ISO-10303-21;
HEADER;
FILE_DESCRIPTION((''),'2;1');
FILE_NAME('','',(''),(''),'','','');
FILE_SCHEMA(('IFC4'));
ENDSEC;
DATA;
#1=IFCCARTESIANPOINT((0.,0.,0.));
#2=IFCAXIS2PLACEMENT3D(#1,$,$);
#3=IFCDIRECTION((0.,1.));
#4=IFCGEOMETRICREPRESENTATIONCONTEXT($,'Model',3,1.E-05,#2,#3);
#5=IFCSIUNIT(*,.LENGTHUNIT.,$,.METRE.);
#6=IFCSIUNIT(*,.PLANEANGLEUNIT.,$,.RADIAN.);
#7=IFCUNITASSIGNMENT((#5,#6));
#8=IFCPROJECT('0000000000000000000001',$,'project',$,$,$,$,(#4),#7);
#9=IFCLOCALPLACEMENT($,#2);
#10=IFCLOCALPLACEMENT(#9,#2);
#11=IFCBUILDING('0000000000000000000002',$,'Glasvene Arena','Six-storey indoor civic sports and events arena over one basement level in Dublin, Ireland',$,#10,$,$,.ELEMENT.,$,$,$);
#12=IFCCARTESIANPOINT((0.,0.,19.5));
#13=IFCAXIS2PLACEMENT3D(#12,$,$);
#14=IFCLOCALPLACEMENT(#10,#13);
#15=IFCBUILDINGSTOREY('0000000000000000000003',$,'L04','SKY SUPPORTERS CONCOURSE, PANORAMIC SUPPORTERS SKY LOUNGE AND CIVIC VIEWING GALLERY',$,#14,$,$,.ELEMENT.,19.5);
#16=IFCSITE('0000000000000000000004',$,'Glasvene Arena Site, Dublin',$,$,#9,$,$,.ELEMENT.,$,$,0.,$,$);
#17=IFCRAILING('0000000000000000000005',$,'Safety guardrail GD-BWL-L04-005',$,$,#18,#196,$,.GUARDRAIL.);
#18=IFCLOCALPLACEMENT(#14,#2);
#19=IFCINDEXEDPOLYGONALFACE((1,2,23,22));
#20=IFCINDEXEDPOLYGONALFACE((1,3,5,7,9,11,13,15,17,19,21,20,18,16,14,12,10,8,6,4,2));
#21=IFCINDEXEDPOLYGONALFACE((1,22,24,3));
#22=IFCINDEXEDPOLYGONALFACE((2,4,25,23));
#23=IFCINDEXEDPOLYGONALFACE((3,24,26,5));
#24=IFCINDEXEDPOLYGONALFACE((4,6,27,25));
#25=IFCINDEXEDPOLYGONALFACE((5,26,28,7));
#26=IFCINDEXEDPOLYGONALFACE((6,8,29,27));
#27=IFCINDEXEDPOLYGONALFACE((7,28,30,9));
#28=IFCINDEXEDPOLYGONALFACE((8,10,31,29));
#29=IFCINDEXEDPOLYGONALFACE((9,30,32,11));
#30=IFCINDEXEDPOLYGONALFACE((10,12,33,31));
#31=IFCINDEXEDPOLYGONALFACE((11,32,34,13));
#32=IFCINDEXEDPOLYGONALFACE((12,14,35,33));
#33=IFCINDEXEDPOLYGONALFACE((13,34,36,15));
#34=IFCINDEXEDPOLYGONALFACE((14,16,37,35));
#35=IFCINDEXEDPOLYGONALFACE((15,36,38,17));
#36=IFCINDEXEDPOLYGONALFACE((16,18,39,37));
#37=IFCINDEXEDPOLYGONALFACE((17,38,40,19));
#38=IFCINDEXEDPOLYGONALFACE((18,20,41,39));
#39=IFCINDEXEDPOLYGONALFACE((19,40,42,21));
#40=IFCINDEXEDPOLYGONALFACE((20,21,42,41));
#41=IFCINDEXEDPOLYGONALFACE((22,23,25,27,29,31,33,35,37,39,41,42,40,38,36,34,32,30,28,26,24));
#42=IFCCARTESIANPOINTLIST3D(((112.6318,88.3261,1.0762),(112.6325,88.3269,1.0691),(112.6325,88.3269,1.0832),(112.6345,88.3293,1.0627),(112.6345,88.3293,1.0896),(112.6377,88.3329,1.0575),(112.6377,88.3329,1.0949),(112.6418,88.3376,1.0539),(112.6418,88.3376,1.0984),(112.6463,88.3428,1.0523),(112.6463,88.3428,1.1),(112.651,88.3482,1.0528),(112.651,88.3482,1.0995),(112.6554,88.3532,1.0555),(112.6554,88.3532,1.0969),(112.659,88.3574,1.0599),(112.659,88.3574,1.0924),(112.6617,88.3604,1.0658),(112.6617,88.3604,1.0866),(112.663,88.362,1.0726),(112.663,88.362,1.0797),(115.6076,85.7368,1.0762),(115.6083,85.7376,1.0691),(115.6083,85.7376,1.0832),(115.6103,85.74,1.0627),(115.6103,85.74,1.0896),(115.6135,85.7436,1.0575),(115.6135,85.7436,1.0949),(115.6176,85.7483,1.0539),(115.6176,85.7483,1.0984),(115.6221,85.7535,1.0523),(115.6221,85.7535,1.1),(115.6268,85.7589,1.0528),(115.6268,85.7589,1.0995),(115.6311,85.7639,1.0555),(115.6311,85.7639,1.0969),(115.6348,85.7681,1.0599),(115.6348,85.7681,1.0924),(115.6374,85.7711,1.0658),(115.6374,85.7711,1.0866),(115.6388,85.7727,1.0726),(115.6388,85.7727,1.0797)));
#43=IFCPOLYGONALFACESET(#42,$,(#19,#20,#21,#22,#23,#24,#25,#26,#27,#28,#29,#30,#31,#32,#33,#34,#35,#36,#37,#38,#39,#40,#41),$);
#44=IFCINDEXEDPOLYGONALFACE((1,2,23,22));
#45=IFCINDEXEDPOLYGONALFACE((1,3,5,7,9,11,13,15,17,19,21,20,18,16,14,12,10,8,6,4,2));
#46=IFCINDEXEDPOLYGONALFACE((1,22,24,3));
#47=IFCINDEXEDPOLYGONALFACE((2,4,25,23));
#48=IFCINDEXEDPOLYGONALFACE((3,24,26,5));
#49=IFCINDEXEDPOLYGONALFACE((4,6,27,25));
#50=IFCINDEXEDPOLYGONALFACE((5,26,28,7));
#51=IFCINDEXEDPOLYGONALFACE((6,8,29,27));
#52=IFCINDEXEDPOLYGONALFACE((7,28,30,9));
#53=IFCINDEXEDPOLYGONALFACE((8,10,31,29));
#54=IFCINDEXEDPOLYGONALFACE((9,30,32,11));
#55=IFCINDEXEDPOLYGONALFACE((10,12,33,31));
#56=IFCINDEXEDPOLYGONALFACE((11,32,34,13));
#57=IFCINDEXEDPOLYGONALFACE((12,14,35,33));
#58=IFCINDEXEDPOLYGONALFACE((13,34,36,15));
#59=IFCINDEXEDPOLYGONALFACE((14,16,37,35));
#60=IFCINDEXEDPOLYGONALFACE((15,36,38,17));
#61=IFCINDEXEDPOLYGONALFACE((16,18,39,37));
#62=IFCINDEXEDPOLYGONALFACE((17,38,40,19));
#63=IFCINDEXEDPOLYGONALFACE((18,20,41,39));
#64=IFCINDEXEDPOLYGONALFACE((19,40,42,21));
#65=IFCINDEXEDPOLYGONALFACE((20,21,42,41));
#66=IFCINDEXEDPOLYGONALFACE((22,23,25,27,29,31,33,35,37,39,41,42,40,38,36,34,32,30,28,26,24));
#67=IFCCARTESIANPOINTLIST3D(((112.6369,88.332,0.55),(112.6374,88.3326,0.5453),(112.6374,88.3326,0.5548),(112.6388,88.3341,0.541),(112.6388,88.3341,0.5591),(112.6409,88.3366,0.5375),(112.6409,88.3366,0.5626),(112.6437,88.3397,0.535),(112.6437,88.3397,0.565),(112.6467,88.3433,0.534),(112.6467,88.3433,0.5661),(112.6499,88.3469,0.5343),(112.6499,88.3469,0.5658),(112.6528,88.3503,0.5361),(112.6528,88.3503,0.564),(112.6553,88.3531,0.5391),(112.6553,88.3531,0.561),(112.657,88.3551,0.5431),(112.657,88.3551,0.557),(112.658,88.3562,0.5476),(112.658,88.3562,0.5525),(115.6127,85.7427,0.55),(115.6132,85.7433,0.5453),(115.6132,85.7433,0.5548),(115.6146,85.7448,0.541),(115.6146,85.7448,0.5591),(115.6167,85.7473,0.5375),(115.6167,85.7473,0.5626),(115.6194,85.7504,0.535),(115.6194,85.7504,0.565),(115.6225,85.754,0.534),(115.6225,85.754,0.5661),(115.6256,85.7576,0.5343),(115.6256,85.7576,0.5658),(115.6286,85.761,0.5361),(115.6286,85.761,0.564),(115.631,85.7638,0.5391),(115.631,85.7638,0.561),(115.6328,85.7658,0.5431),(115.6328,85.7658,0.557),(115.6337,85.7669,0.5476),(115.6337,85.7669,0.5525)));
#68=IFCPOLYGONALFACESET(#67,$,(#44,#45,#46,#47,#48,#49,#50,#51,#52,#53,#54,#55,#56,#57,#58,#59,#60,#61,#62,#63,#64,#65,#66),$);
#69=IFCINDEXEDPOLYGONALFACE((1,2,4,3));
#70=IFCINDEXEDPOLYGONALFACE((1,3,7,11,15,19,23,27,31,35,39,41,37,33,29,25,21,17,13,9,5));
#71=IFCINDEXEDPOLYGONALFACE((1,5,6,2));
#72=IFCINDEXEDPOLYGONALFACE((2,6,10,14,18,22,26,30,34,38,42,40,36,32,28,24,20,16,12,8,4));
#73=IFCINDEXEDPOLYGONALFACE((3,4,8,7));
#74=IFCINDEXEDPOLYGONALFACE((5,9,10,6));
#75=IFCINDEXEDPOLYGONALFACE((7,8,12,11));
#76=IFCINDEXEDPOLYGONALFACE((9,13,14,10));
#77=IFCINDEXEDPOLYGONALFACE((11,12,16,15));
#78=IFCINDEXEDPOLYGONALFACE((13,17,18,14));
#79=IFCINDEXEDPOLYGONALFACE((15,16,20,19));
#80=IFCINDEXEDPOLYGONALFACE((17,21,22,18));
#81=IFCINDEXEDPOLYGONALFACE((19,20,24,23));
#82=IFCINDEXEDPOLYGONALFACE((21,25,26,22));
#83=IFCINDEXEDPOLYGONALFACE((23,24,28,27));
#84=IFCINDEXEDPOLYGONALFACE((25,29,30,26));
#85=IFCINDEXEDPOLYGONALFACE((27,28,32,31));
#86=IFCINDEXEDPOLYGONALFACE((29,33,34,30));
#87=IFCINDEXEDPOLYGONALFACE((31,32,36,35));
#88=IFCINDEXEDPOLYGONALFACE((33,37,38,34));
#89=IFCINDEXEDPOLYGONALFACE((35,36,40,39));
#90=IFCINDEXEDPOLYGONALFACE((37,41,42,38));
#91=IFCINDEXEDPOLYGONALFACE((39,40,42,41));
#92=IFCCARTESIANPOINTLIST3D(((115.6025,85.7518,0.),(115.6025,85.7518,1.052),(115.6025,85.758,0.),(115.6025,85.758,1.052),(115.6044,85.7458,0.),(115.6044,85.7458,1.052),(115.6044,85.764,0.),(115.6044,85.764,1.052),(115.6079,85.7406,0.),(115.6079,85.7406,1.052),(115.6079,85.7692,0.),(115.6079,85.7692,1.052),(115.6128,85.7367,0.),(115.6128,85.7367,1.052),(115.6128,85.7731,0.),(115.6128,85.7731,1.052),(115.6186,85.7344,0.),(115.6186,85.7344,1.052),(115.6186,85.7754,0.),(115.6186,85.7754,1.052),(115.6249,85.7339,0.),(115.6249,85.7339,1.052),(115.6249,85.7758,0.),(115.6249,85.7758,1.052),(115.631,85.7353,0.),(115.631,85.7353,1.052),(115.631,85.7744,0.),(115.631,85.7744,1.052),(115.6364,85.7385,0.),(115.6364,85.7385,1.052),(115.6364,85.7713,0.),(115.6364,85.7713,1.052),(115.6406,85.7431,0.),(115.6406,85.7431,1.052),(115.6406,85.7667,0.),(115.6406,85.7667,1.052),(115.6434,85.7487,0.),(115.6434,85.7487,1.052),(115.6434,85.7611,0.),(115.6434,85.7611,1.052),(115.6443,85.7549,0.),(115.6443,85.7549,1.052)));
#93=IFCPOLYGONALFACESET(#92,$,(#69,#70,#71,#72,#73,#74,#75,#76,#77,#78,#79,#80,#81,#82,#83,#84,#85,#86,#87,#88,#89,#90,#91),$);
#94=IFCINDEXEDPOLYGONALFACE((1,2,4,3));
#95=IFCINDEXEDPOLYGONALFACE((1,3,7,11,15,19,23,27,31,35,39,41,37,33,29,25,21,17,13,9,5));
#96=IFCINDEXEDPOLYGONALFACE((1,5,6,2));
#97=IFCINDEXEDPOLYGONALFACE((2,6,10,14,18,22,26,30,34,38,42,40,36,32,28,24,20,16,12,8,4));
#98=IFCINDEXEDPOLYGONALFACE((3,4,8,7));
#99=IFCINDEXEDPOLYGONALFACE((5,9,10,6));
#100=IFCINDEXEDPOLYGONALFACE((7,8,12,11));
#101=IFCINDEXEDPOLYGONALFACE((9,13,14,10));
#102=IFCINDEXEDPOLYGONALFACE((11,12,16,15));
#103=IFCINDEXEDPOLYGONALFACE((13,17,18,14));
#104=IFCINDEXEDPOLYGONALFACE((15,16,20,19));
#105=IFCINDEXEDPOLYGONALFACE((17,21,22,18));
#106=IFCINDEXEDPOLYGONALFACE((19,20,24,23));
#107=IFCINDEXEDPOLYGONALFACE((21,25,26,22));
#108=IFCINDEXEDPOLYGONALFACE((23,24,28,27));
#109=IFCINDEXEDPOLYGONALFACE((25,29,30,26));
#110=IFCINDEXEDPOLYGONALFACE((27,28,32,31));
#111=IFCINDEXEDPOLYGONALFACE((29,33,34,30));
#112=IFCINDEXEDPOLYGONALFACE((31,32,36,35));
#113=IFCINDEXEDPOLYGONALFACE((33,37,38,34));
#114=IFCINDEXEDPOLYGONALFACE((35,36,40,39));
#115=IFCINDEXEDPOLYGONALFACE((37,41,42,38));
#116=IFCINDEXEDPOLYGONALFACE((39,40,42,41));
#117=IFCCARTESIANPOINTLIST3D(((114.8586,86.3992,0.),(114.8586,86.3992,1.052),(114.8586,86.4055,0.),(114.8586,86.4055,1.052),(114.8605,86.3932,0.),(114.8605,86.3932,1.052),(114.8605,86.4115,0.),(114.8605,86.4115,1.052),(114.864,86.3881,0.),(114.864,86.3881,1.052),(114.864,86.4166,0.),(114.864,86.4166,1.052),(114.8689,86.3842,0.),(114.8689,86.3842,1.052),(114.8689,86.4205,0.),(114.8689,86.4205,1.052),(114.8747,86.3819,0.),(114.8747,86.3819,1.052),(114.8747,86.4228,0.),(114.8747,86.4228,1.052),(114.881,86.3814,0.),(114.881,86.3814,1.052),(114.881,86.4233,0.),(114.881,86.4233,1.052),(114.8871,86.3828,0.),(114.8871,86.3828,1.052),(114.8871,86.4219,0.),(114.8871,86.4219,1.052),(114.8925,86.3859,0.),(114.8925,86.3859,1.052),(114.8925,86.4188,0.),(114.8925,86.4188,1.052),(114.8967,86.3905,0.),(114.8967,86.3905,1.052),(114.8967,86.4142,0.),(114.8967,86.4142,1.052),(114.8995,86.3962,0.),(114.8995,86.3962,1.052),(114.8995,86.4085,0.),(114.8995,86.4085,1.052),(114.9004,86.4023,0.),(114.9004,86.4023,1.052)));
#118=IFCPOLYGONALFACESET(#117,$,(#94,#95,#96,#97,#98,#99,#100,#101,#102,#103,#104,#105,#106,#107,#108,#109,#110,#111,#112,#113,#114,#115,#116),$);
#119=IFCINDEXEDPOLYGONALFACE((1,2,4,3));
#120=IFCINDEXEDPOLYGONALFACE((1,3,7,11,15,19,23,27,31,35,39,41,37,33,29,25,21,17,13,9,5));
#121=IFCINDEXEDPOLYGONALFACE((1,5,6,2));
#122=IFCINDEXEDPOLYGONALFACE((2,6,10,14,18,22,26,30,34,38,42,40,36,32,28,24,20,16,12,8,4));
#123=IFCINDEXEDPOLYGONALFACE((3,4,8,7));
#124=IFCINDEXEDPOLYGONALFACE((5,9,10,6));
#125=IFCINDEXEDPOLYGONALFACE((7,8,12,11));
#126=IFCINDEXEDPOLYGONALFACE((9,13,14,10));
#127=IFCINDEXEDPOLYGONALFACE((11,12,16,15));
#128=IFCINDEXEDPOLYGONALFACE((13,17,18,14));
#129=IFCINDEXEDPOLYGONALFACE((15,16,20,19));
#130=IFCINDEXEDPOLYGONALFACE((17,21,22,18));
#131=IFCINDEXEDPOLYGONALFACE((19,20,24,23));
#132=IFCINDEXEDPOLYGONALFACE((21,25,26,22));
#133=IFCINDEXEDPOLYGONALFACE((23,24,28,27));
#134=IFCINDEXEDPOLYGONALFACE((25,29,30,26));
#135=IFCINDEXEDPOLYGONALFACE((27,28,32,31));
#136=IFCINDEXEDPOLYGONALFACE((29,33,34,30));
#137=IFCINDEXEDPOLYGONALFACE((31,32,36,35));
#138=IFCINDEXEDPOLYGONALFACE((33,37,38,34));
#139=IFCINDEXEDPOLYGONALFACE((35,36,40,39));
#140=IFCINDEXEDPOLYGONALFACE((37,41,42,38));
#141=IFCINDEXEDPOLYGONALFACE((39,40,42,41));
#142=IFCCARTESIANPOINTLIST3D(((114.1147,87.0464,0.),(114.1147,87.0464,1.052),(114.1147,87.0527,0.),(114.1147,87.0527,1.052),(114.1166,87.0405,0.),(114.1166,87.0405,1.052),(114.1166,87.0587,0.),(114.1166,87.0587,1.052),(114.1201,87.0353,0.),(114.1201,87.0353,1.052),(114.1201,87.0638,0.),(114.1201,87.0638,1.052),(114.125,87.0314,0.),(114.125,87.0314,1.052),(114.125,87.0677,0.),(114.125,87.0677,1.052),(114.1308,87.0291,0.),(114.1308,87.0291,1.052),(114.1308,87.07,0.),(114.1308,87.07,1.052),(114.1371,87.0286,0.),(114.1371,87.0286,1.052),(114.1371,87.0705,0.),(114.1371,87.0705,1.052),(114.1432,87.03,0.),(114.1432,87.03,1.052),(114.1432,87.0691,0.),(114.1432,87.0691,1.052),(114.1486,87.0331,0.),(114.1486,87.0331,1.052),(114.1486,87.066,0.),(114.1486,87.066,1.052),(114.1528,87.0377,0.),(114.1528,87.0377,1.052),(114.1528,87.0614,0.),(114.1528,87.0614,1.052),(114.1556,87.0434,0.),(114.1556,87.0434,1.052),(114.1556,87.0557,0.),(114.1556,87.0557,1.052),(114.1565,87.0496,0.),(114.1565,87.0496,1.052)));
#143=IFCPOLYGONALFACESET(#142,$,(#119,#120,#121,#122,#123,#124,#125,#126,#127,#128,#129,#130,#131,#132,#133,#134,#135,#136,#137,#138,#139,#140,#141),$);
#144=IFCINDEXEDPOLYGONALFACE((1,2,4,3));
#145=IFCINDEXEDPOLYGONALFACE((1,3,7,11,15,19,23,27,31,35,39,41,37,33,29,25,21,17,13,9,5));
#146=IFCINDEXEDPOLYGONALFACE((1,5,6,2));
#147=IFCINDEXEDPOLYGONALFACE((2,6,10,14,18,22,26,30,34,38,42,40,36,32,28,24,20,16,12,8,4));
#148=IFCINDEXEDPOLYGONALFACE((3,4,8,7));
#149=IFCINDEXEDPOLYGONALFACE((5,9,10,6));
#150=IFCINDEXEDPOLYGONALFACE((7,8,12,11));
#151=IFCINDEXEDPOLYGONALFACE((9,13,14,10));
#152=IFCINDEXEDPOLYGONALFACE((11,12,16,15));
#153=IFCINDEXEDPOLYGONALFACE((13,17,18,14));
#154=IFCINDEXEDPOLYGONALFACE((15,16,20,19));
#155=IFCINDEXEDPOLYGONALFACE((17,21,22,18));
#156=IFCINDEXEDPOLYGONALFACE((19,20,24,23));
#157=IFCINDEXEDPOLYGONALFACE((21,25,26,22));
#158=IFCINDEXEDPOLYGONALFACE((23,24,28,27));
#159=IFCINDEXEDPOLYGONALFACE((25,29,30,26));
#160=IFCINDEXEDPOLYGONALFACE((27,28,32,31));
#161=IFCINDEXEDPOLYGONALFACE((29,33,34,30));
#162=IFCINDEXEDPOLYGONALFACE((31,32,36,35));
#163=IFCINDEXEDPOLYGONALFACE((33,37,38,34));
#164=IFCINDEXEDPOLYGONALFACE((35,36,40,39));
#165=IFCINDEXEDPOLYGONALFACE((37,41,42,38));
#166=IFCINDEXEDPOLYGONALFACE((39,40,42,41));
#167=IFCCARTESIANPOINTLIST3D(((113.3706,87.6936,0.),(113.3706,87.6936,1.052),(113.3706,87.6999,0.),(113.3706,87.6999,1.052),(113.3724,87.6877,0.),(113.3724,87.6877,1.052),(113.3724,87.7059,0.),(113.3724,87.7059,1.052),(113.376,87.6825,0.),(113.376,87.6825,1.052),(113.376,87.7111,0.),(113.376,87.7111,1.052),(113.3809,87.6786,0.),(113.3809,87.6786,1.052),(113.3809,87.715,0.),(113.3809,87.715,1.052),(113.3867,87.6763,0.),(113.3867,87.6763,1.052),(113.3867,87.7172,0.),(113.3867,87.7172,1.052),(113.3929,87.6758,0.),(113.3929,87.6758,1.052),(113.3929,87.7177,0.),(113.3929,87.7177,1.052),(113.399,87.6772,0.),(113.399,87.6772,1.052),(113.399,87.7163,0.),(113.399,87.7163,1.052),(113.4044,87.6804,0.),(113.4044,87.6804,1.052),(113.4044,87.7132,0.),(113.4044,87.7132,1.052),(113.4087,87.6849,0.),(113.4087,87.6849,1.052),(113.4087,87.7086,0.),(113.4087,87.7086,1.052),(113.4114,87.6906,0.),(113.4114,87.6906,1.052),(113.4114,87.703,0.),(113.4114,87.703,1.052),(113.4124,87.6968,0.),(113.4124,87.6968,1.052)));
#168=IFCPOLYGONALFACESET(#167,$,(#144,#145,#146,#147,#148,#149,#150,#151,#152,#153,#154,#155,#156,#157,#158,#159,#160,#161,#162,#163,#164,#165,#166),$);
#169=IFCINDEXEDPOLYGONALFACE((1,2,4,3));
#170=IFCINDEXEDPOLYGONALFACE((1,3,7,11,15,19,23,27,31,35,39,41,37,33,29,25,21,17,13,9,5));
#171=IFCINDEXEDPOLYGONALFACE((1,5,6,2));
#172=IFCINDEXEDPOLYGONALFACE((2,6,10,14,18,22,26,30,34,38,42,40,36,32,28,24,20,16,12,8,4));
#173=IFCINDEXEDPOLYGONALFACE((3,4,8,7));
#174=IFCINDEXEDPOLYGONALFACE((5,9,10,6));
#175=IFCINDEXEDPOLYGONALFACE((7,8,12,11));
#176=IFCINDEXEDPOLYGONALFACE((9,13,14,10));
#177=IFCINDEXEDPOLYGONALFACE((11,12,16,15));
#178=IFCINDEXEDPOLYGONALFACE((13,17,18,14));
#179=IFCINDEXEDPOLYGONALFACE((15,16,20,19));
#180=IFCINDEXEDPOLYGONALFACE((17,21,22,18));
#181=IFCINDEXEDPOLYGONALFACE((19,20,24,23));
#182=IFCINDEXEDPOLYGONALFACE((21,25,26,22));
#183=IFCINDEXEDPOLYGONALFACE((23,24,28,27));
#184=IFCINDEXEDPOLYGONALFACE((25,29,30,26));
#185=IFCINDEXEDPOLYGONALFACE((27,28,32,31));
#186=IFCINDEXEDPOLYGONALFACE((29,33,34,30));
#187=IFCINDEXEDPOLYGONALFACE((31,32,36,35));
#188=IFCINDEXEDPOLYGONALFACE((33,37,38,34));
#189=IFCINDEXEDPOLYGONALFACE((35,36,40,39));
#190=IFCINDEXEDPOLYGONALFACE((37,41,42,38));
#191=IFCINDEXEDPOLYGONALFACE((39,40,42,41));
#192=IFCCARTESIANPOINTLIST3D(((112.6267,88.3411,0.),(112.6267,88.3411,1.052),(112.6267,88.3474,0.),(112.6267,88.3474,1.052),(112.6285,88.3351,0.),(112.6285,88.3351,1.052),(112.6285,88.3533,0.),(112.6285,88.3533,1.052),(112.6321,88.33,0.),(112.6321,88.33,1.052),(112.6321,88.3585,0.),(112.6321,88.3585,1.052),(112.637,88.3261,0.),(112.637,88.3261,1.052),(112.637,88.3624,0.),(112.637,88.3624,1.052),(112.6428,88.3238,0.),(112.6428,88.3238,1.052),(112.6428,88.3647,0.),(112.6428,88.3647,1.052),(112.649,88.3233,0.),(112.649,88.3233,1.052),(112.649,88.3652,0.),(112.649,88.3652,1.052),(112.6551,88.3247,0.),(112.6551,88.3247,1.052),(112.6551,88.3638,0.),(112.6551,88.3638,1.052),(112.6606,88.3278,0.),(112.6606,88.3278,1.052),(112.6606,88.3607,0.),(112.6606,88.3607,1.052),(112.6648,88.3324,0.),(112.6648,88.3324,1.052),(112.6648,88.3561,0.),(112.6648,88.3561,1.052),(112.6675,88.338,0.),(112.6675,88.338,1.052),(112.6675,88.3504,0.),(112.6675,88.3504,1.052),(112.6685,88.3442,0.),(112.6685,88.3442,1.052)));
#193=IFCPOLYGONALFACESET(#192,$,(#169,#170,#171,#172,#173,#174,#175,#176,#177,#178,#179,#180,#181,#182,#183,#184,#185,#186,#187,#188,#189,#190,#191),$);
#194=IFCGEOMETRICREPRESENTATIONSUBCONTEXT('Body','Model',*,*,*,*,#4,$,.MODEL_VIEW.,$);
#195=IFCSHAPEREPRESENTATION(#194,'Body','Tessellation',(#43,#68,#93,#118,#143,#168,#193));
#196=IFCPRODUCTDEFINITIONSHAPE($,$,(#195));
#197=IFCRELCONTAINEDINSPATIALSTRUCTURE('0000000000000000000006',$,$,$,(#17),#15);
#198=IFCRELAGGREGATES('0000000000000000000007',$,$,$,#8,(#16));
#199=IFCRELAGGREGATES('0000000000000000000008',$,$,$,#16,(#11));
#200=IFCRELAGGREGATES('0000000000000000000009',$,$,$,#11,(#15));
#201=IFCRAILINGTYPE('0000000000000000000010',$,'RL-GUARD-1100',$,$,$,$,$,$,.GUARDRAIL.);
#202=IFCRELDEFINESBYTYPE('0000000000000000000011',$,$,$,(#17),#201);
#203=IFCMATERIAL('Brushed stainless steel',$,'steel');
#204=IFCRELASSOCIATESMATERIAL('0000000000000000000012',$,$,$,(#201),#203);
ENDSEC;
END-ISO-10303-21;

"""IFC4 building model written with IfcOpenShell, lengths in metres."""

from ifc_helpers import new_model, si_unit, direction, frame, origin, origin_2d, place, context, subcontext, project, spatial, circle, extrude, material, type_object, element, save


model = new_model("IFC4")

# Units and contexts
model_context = context("Model", 3, precision=1e-05, world=origin(), true_north=direction((0.0, 1.0)))
body_context = subcontext(model_context, "Body", "Model", "MODEL_VIEW")
ifc_project = project(units=[si_unit("LENGTHUNIT", "METRE"), si_unit("PLANEANGLEUNIT", "RADIAN")], contexts=[model_context])

# Site, building, storey
site_placement = place(None, origin())
site = spatial("IfcSite", under=ifc_project, at=site_placement, Name="Glasvene Arena Site, Dublin", CompositionType="ELEMENT", RefElevation=0.0)
building_placement = place(site_placement, origin())
building = spatial("IfcBuilding", under=site, at=building_placement, Name="Glasvene Arena", Description="Six-storey indoor civic sports and events arena over one basement level in Dublin, Ireland", CompositionType="ELEMENT")
storey_placement = place(building_placement, frame((0.0, 0.0, 19.5)))
storey = spatial("IfcBuildingStorey", under=building, at=storey_placement, Name="L04", Description="SKY SUPPORTERS CONCOURSE, PANORAMIC SUPPORTERS SKY LOUNGE AND CIVIC VIEWING GALLERY", CompositionType="ELEMENT", Elevation=19.5)

# Railing
ifc_material = material(Name="Brushed stainless steel", Category="steel")
railing_type = type_object("IfcRailingType", Name="RL-GUARD-1100", PredefinedType="GUARDRAIL", material=ifc_material)
railing_1_placement = place(storey_placement, frame((115.6233, 85.7549, 0.0)))
element("IfcRailing", 1, at=railing_1_placement, inside=storey, type_object=railing_type, Name="Safety guardrail GD-BWL-L04-005", PredefinedType="GUARDRAIL", context=body_context, shape_type="SweptSolid", body=[
    extrude(circle(Radius=0.0239, at=origin_2d()), frame((0.0, 0.0, 1.0762), z_axis=(-0.754395, 0.656421, 0.0), x_axis=(-0.656421, -0.754395, 0.0)), (0.0, 0.0, 1.0), 3.9446),
    extrude(circle(Radius=0.0161, at=origin_2d()), frame((0.0, 0.0, 0.55), z_axis=(-0.754395, 0.656421, 0.0), x_axis=(-0.656421, -0.754395, 0.0)), (0.0, 0.0, 1.0), 3.9446),
    extrude(circle(Radius=0.021, at=origin_2d()), origin(), (0.0, 0.0, 1.0), 1.052),
    extrude(circle(Radius=0.021, at=origin_2d()), frame((-0.7439, 0.6475, 0.0)), (0.0, 0.0, 1.0), 1.052),
    extrude(circle(Radius=0.021, at=origin_2d()), frame((-1.4878, 1.2947, 0.0)), (0.0, 0.0, 1.0), 1.052),
    extrude(circle(Radius=0.021, at=origin_2d()), frame((-2.2319, 1.9419, 0.0)), (0.0, 0.0, 1.0), 1.052),
    extrude(circle(Radius=0.021, at=origin_2d()), frame((-2.9758, 2.5894, 0.0)), (0.0, 0.0, 1.0), 1.052),
])

save(model, "model.ifc")
